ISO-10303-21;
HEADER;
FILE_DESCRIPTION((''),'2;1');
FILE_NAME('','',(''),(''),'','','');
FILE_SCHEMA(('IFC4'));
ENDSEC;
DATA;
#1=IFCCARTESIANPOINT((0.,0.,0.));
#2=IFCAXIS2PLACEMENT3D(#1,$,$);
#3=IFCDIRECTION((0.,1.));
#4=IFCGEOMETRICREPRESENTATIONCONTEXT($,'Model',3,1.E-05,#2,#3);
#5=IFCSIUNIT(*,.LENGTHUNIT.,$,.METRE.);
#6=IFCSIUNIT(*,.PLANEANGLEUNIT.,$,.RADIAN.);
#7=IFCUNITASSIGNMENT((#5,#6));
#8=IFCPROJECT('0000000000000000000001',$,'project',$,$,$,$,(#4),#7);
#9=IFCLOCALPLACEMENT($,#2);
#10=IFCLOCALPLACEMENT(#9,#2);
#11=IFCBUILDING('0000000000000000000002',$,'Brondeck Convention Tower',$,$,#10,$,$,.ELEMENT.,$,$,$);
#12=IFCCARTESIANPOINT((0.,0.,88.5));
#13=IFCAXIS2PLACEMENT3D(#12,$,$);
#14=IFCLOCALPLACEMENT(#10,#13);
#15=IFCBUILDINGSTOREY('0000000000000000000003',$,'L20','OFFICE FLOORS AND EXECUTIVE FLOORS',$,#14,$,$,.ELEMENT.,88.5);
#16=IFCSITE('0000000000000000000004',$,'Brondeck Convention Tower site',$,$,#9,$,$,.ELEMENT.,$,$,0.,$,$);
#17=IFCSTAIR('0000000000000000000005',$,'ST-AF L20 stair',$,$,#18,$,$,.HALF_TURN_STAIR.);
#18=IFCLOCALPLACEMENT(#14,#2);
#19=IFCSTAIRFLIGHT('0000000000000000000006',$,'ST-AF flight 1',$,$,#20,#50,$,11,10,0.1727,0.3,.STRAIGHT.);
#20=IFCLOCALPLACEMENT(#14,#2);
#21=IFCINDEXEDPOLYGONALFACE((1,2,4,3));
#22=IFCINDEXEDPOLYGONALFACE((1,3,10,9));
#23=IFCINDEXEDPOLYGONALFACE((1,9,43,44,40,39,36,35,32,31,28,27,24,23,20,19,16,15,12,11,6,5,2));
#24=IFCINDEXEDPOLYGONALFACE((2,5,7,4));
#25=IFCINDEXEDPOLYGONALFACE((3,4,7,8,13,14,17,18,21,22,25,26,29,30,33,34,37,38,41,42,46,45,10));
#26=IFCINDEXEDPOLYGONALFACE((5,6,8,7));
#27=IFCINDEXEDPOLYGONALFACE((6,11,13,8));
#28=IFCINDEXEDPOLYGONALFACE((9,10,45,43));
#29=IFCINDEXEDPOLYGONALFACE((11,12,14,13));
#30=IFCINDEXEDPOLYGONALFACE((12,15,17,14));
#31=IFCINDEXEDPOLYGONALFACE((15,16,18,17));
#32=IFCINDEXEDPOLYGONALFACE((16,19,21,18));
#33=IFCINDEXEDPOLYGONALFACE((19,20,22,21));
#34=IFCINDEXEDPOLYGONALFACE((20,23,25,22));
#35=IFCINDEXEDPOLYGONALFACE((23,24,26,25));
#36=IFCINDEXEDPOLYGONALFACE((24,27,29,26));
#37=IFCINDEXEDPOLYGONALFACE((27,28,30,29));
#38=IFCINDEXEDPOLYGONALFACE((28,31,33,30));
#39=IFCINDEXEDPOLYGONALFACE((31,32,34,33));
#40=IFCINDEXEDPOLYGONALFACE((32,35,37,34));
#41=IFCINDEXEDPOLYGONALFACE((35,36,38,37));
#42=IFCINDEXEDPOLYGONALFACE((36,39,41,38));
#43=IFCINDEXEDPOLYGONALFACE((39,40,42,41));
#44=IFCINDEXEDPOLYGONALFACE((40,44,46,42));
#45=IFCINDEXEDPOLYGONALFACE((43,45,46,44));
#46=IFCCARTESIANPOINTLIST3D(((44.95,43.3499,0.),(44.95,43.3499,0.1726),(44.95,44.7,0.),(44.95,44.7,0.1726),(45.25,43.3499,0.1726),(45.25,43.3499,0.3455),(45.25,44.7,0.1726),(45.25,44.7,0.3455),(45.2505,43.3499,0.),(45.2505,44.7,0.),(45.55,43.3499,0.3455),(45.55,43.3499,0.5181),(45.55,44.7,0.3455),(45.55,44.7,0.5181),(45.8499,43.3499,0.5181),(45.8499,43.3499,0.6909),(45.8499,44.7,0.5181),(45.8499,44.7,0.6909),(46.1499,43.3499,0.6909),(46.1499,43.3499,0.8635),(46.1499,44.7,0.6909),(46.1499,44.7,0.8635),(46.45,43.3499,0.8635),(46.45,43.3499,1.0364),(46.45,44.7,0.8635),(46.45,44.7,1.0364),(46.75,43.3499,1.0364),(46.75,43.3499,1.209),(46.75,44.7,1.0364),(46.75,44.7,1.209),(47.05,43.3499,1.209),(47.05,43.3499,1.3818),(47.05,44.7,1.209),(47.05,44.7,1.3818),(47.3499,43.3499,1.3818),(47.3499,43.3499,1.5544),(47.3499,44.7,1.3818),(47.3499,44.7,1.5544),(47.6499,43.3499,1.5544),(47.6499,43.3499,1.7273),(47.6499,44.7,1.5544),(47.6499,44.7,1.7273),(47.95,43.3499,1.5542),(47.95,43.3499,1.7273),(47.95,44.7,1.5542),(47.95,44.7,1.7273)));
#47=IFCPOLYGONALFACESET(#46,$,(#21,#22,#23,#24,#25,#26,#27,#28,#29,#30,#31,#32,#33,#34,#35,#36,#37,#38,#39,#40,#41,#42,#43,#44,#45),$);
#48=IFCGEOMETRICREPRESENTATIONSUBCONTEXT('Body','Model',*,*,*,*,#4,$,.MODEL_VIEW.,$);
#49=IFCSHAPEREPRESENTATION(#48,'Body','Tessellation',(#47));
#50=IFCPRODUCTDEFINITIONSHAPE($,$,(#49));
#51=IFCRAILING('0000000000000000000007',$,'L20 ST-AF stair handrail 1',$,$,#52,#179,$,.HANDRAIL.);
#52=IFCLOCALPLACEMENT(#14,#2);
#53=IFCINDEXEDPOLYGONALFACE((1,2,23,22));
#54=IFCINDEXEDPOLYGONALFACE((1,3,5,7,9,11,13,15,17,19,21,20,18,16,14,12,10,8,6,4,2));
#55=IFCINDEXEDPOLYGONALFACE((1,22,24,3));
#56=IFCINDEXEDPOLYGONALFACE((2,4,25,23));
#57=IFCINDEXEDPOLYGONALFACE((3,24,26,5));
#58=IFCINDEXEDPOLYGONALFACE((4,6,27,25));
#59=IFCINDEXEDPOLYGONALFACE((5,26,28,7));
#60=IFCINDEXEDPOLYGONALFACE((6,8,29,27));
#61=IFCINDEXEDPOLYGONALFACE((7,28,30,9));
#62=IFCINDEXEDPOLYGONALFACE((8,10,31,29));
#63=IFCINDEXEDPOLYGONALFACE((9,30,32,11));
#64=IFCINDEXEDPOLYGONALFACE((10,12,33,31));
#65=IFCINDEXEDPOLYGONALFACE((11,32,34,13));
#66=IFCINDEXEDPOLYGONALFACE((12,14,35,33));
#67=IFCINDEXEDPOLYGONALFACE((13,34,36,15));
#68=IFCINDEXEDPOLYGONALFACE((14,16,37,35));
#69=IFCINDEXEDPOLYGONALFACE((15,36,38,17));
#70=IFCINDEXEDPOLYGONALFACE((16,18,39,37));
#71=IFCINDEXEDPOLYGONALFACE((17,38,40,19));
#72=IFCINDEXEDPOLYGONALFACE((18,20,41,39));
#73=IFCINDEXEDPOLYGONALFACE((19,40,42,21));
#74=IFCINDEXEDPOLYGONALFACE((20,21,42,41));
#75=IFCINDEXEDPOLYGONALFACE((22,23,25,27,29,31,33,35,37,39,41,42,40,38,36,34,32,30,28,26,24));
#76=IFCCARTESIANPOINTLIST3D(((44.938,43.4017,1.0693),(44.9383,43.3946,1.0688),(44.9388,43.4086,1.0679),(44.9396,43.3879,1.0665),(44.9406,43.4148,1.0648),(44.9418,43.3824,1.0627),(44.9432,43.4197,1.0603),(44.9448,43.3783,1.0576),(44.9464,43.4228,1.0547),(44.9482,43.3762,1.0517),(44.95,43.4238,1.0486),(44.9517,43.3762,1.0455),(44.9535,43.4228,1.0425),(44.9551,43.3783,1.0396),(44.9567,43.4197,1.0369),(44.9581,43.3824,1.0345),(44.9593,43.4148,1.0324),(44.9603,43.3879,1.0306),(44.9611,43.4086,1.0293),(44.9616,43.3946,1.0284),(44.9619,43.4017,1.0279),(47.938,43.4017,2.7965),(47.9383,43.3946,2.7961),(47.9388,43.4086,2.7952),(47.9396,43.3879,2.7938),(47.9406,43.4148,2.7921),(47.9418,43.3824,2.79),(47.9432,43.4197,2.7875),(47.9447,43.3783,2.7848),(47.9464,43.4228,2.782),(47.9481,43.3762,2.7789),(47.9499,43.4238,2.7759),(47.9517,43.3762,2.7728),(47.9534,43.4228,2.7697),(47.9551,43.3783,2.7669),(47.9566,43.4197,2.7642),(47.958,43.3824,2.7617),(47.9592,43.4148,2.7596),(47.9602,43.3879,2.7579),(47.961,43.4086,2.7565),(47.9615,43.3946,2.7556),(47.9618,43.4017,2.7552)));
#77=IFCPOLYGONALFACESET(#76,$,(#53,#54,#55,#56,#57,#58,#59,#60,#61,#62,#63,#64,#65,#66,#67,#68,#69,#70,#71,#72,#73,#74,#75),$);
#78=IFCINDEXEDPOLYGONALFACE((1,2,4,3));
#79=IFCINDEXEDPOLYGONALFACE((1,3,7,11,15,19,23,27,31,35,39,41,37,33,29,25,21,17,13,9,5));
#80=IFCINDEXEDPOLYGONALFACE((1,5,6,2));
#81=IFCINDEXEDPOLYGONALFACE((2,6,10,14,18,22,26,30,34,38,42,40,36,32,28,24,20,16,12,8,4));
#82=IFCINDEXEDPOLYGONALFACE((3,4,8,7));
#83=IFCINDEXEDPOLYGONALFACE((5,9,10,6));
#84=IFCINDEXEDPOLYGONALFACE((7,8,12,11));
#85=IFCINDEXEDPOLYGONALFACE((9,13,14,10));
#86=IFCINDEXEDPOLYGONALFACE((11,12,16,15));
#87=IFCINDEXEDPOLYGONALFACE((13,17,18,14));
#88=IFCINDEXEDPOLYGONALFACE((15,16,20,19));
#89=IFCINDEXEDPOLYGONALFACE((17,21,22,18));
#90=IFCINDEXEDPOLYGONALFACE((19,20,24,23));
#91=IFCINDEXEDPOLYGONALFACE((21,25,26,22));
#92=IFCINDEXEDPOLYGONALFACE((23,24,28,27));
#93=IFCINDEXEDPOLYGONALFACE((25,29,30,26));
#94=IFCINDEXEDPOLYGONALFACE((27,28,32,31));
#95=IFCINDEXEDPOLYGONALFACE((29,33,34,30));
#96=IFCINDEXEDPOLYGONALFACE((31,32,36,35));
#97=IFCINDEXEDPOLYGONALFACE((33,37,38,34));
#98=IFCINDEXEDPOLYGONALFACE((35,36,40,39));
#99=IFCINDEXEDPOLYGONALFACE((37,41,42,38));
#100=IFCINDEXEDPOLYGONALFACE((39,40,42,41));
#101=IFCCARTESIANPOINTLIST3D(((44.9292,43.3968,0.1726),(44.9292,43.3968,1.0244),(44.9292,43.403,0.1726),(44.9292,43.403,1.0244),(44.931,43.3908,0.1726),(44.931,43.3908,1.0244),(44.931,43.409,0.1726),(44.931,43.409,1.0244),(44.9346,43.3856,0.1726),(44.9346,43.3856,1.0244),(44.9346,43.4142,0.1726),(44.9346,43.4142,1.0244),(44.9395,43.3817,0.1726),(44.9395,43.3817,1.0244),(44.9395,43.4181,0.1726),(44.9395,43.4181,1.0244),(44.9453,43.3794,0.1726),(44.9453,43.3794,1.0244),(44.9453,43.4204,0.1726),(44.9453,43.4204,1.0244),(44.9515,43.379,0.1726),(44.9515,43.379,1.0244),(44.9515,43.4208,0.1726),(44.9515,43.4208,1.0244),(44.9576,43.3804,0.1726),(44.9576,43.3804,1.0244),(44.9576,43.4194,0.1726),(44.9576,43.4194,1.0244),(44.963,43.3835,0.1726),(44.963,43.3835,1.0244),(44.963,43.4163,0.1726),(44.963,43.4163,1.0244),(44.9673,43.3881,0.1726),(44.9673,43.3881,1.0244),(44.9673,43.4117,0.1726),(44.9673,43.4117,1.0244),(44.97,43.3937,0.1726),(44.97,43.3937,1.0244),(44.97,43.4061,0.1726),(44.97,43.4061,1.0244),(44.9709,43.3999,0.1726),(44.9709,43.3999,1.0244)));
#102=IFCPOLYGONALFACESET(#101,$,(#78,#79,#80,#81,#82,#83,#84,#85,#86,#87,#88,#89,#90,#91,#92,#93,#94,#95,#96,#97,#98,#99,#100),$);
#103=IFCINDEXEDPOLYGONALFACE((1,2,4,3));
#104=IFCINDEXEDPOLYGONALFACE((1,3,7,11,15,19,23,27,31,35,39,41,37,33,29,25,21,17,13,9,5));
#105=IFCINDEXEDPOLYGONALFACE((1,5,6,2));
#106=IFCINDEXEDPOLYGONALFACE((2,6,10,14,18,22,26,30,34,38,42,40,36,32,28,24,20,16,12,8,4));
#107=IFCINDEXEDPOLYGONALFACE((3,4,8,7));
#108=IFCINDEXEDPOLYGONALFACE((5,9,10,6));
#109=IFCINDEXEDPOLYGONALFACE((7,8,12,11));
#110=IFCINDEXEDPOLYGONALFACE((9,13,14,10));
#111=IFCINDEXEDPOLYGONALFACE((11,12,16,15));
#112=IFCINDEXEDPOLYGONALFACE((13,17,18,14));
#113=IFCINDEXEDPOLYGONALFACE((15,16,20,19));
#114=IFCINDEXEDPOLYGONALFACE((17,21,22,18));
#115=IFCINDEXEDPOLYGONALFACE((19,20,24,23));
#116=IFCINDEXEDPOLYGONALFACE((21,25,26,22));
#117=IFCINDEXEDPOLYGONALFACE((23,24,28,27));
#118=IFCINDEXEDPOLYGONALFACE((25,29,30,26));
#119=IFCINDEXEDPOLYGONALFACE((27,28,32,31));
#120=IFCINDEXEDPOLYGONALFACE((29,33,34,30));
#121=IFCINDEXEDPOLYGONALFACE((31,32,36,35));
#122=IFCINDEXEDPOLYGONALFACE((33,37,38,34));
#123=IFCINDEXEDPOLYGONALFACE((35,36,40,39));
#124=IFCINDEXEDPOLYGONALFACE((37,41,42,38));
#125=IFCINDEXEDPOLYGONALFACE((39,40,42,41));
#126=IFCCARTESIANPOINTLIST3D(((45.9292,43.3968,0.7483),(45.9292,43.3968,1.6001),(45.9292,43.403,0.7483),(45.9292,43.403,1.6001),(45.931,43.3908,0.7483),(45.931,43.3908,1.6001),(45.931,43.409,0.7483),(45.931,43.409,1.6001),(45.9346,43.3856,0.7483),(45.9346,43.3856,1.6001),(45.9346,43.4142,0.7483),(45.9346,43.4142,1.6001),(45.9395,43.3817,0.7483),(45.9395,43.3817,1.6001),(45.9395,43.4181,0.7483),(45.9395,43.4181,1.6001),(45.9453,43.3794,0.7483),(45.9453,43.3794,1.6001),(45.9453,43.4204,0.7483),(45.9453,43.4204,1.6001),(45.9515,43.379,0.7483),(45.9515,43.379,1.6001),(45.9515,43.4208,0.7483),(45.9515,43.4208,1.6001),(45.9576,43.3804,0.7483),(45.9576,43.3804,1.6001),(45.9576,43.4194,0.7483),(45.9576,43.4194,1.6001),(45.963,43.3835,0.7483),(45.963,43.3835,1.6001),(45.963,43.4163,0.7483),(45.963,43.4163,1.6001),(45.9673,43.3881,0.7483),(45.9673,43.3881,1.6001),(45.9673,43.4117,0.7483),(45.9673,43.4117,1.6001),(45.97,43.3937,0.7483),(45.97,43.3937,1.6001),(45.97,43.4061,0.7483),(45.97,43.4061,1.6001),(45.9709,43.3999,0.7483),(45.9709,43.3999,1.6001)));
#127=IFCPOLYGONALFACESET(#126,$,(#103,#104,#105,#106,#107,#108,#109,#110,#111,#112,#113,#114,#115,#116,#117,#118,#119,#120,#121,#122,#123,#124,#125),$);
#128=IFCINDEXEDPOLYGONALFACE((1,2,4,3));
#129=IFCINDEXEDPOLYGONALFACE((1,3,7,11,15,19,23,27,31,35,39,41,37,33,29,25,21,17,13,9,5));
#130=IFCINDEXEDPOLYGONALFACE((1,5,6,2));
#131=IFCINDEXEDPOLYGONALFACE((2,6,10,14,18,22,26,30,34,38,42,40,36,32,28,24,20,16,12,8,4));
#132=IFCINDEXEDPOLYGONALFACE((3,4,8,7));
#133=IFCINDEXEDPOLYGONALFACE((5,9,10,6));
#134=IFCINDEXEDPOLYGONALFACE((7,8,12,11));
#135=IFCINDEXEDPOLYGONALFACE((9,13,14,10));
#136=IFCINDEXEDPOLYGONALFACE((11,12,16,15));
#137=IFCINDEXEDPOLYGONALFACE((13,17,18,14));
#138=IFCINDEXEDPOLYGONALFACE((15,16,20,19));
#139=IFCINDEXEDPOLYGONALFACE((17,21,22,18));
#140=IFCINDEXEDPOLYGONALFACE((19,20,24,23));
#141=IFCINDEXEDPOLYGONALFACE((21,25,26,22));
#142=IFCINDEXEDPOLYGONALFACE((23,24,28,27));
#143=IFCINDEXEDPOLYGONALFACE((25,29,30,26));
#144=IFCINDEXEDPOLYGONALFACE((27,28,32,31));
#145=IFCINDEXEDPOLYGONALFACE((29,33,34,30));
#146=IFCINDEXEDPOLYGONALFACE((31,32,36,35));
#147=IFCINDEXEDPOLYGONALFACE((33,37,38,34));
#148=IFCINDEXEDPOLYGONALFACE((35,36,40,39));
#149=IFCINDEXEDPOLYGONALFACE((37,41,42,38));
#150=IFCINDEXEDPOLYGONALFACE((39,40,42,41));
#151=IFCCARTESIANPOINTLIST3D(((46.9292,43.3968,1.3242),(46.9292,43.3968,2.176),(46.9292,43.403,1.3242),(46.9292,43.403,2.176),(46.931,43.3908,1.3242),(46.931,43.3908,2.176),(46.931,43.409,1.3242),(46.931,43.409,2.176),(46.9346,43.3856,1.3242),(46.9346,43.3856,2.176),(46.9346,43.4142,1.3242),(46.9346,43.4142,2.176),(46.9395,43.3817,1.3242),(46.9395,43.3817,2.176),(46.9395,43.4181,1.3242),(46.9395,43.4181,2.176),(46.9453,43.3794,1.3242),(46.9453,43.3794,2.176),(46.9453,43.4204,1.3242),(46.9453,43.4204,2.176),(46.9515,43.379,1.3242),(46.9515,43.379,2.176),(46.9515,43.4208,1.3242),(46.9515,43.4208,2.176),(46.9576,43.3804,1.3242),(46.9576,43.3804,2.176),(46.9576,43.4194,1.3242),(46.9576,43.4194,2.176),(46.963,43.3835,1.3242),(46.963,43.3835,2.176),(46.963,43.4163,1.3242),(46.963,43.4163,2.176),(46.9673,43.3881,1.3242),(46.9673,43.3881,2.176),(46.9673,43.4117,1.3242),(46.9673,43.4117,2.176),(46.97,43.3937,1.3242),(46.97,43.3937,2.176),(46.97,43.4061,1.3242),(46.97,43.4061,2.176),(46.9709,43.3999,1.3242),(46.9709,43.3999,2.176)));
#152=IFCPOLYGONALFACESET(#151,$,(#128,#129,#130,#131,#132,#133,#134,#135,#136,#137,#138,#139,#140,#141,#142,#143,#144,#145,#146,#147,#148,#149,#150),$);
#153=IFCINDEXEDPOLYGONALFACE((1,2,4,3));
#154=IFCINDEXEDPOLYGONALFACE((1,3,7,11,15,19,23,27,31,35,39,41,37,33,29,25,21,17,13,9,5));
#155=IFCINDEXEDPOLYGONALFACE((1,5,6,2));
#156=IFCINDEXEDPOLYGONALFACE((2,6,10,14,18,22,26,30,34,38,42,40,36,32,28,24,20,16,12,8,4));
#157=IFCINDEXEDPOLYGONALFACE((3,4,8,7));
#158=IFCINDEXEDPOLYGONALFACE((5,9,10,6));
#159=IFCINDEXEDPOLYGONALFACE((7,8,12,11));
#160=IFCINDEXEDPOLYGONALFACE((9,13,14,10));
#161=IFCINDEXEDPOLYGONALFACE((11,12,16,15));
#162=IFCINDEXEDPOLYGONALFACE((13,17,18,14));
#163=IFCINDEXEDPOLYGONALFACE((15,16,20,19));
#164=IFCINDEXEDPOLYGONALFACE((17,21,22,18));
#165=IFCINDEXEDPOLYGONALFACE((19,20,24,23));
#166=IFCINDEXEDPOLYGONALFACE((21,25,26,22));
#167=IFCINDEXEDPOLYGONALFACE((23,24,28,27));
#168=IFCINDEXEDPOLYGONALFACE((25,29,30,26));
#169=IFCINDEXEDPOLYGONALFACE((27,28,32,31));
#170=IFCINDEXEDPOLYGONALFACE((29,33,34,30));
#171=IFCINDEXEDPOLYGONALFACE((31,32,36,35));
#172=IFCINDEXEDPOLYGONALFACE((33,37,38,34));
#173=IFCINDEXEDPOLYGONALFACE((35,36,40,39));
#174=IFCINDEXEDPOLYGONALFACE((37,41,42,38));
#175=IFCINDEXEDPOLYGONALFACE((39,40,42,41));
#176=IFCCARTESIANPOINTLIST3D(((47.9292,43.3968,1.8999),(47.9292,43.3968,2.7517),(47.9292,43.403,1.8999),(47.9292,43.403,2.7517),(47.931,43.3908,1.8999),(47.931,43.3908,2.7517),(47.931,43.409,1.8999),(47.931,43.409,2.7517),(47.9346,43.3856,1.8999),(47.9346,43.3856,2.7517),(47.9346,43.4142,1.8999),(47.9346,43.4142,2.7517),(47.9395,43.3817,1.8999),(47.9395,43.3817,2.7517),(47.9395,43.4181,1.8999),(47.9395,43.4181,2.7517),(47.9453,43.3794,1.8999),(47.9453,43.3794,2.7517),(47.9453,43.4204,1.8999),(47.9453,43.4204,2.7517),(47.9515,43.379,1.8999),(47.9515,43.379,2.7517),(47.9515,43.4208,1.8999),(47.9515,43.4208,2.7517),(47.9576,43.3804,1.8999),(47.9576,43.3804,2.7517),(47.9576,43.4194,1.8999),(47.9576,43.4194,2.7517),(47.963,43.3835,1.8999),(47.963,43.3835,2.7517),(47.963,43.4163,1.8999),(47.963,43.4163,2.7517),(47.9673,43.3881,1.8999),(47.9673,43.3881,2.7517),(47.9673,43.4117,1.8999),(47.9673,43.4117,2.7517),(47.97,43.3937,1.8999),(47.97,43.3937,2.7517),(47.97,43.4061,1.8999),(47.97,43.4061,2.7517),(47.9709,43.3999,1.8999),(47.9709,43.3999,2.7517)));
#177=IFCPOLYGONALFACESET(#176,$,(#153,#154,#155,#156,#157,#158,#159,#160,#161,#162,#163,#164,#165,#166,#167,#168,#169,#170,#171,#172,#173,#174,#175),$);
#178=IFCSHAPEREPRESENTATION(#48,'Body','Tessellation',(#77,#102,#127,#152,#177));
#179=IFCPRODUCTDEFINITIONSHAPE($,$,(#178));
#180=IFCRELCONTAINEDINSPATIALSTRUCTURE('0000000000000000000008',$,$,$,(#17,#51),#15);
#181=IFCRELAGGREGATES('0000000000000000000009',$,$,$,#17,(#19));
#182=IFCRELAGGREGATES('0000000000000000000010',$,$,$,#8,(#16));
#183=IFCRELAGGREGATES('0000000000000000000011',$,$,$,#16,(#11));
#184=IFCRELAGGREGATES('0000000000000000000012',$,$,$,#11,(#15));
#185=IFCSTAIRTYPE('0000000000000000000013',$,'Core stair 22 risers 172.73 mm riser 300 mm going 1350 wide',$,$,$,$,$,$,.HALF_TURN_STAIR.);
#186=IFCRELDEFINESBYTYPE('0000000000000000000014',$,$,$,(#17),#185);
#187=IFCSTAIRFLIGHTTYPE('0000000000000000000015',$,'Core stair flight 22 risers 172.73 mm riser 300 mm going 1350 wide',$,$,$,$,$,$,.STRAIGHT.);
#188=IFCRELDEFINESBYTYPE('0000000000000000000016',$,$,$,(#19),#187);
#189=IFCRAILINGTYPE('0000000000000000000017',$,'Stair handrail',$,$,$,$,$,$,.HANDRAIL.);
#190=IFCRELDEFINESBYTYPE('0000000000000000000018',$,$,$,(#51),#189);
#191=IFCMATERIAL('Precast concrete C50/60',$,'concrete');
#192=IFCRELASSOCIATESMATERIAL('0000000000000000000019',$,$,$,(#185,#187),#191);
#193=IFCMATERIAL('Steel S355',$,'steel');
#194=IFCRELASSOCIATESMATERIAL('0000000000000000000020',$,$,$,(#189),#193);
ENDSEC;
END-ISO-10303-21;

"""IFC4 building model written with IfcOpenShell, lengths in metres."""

from ifc_helpers import new_model, si_unit, direction, frame, origin, origin_2d, place, context, subcontext, project, spatial, polyline, circle, outline, extrude, material, type_object, element, aggregate, save


model = new_model("IFC4")

# Units and contexts
model_context = context("Model", 3, precision=1e-05, world=origin(), true_north=direction((0.0, 1.0)))
body_context = subcontext(model_context, "Body", "Model", "MODEL_VIEW")
ifc_project = project(units=[si_unit("LENGTHUNIT", "METRE"), si_unit("PLANEANGLEUNIT", "RADIAN")], contexts=[model_context])

# Site, building, storey
site_placement = place(None, origin())
site = spatial("IfcSite", under=ifc_project, at=site_placement, Name="Brondeck Convention Tower site", CompositionType="ELEMENT", RefElevation=0.0)
building_placement = place(site_placement, origin())
building = spatial("IfcBuilding", under=site, at=building_placement, Name="Brondeck Convention Tower", CompositionType="ELEMENT")
storey_placement = place(building_placement, frame((0.0, 0.0, 88.5)))
storey = spatial("IfcBuildingStorey", under=building, at=storey_placement, Name="L20", Description="OFFICE FLOORS AND EXECUTIVE FLOORS", CompositionType="ELEMENT", Elevation=88.5)

# Shared definitions
ifc_material_1 = material(Name="Steel S355", Category="steel")

# Stair, stair flight
ifc_material_2 = material(Name="Precast concrete C50/60", Category="concrete")
stair_type = type_object("IfcStairType", Name="Core stair 22 risers 172.73 mm riser 300 mm going 1350 wide", PredefinedType="HALF_TURN_STAIR", material=ifc_material_2)
stair_placement = place(storey_placement, origin())
stair = element("IfcStair", 1, at=stair_placement, inside=storey, type_object=stair_type, Name="ST-AF L20 stair", PredefinedType="HALF_TURN_STAIR")
stair_flight_type = type_object("IfcStairFlightType", Name="Core stair flight 22 risers 172.73 mm riser 300 mm going 1350 wide", PredefinedType="STRAIGHT", material=ifc_material_2)
stair_flight_placement = place(storey_placement, frame((44.95, 44.0249, 0.0), z_axis=(0.0, 0.0, 1.0), x_axis=(1.0, 0.0, 0.0)))
stair_flight = element("IfcStairFlight", 2, at=stair_flight_placement, type_object=stair_flight_type, Name="ST-AF flight 1", NumberOfRisers=11, NumberOfTreads=10, PredefinedType="STRAIGHT", RiserHeight=0.1727, TreadLength=0.3, context=body_context, shape_type="SweptSolid", body=[
    extrude(outline(polyline([(0.0, 0.0), (0.0, 0.1726), (0.3, 0.1726), (0.3, 0.3455), (0.6001, 0.3455), (0.6001, 0.5181), (0.8999, 0.5181), (0.8999, 0.6909), (1.2, 0.6909), (1.2, 0.8635), (1.5, 0.8635), (1.5, 1.0364), (1.8, 1.0364), (1.8, 1.209), (2.1001, 1.209), (2.1001, 1.3818), (2.3999, 1.3818), (2.3999, 1.5544), (2.7, 1.5544), (2.7, 1.7273), (3.0, 1.7273), (3.0, 1.8999), (3.0, 1.5542), (0.3005, 0.0), (0.0, 0.0)])), frame((0.0, 0.675, 0.0), z_axis=(0.0, -1.0, 0.0), x_axis=(1.0, 0.0, 0.0)), (0.0, 0.0, 1.0), 1.3501),
])
aggregate(stair, [stair_flight])

# Railing
railing_type = type_object("IfcRailingType", Name="Stair handrail", PredefinedType="HANDRAIL", material=ifc_material_1)
railing_placement = place(storey_placement, frame((44.95, 43.3999, 0.1726)))
element("IfcRailing", 3, at=railing_placement, inside=storey, type_object=railing_type, Name="L20 ST-AF stair handrail 1", PredefinedType="HANDRAIL", context=body_context, shape_type="SweptSolid", body=[
    extrude(circle(Radius=0.0239, at=origin_2d()), frame((0.0, 0.0, 0.876), z_axis=(0.86662, 0.0, 0.498969), x_axis=(0.0, 1.0, 0.0)), (0.0, 0.0, 1.0), 3.4617),
    extrude(circle(Radius=0.021, at=origin_2d()), origin(), (0.0, 0.0, 1.0), 0.8518),
    extrude(circle(Radius=0.021, at=origin_2d()), frame((1.0, 0.0, 0.5757)), (0.0, 0.0, 1.0), 0.8518),
    extrude(circle(Radius=0.021, at=origin_2d()), frame((2.0, 0.0, 1.1516)), (0.0, 0.0, 1.0), 0.8518),
    extrude(circle(Radius=0.021, at=origin_2d()), frame((3.0, 0.0, 1.7273)), (0.0, 0.0, 1.0), 0.8518),
])

save(model, "model.ifc")
